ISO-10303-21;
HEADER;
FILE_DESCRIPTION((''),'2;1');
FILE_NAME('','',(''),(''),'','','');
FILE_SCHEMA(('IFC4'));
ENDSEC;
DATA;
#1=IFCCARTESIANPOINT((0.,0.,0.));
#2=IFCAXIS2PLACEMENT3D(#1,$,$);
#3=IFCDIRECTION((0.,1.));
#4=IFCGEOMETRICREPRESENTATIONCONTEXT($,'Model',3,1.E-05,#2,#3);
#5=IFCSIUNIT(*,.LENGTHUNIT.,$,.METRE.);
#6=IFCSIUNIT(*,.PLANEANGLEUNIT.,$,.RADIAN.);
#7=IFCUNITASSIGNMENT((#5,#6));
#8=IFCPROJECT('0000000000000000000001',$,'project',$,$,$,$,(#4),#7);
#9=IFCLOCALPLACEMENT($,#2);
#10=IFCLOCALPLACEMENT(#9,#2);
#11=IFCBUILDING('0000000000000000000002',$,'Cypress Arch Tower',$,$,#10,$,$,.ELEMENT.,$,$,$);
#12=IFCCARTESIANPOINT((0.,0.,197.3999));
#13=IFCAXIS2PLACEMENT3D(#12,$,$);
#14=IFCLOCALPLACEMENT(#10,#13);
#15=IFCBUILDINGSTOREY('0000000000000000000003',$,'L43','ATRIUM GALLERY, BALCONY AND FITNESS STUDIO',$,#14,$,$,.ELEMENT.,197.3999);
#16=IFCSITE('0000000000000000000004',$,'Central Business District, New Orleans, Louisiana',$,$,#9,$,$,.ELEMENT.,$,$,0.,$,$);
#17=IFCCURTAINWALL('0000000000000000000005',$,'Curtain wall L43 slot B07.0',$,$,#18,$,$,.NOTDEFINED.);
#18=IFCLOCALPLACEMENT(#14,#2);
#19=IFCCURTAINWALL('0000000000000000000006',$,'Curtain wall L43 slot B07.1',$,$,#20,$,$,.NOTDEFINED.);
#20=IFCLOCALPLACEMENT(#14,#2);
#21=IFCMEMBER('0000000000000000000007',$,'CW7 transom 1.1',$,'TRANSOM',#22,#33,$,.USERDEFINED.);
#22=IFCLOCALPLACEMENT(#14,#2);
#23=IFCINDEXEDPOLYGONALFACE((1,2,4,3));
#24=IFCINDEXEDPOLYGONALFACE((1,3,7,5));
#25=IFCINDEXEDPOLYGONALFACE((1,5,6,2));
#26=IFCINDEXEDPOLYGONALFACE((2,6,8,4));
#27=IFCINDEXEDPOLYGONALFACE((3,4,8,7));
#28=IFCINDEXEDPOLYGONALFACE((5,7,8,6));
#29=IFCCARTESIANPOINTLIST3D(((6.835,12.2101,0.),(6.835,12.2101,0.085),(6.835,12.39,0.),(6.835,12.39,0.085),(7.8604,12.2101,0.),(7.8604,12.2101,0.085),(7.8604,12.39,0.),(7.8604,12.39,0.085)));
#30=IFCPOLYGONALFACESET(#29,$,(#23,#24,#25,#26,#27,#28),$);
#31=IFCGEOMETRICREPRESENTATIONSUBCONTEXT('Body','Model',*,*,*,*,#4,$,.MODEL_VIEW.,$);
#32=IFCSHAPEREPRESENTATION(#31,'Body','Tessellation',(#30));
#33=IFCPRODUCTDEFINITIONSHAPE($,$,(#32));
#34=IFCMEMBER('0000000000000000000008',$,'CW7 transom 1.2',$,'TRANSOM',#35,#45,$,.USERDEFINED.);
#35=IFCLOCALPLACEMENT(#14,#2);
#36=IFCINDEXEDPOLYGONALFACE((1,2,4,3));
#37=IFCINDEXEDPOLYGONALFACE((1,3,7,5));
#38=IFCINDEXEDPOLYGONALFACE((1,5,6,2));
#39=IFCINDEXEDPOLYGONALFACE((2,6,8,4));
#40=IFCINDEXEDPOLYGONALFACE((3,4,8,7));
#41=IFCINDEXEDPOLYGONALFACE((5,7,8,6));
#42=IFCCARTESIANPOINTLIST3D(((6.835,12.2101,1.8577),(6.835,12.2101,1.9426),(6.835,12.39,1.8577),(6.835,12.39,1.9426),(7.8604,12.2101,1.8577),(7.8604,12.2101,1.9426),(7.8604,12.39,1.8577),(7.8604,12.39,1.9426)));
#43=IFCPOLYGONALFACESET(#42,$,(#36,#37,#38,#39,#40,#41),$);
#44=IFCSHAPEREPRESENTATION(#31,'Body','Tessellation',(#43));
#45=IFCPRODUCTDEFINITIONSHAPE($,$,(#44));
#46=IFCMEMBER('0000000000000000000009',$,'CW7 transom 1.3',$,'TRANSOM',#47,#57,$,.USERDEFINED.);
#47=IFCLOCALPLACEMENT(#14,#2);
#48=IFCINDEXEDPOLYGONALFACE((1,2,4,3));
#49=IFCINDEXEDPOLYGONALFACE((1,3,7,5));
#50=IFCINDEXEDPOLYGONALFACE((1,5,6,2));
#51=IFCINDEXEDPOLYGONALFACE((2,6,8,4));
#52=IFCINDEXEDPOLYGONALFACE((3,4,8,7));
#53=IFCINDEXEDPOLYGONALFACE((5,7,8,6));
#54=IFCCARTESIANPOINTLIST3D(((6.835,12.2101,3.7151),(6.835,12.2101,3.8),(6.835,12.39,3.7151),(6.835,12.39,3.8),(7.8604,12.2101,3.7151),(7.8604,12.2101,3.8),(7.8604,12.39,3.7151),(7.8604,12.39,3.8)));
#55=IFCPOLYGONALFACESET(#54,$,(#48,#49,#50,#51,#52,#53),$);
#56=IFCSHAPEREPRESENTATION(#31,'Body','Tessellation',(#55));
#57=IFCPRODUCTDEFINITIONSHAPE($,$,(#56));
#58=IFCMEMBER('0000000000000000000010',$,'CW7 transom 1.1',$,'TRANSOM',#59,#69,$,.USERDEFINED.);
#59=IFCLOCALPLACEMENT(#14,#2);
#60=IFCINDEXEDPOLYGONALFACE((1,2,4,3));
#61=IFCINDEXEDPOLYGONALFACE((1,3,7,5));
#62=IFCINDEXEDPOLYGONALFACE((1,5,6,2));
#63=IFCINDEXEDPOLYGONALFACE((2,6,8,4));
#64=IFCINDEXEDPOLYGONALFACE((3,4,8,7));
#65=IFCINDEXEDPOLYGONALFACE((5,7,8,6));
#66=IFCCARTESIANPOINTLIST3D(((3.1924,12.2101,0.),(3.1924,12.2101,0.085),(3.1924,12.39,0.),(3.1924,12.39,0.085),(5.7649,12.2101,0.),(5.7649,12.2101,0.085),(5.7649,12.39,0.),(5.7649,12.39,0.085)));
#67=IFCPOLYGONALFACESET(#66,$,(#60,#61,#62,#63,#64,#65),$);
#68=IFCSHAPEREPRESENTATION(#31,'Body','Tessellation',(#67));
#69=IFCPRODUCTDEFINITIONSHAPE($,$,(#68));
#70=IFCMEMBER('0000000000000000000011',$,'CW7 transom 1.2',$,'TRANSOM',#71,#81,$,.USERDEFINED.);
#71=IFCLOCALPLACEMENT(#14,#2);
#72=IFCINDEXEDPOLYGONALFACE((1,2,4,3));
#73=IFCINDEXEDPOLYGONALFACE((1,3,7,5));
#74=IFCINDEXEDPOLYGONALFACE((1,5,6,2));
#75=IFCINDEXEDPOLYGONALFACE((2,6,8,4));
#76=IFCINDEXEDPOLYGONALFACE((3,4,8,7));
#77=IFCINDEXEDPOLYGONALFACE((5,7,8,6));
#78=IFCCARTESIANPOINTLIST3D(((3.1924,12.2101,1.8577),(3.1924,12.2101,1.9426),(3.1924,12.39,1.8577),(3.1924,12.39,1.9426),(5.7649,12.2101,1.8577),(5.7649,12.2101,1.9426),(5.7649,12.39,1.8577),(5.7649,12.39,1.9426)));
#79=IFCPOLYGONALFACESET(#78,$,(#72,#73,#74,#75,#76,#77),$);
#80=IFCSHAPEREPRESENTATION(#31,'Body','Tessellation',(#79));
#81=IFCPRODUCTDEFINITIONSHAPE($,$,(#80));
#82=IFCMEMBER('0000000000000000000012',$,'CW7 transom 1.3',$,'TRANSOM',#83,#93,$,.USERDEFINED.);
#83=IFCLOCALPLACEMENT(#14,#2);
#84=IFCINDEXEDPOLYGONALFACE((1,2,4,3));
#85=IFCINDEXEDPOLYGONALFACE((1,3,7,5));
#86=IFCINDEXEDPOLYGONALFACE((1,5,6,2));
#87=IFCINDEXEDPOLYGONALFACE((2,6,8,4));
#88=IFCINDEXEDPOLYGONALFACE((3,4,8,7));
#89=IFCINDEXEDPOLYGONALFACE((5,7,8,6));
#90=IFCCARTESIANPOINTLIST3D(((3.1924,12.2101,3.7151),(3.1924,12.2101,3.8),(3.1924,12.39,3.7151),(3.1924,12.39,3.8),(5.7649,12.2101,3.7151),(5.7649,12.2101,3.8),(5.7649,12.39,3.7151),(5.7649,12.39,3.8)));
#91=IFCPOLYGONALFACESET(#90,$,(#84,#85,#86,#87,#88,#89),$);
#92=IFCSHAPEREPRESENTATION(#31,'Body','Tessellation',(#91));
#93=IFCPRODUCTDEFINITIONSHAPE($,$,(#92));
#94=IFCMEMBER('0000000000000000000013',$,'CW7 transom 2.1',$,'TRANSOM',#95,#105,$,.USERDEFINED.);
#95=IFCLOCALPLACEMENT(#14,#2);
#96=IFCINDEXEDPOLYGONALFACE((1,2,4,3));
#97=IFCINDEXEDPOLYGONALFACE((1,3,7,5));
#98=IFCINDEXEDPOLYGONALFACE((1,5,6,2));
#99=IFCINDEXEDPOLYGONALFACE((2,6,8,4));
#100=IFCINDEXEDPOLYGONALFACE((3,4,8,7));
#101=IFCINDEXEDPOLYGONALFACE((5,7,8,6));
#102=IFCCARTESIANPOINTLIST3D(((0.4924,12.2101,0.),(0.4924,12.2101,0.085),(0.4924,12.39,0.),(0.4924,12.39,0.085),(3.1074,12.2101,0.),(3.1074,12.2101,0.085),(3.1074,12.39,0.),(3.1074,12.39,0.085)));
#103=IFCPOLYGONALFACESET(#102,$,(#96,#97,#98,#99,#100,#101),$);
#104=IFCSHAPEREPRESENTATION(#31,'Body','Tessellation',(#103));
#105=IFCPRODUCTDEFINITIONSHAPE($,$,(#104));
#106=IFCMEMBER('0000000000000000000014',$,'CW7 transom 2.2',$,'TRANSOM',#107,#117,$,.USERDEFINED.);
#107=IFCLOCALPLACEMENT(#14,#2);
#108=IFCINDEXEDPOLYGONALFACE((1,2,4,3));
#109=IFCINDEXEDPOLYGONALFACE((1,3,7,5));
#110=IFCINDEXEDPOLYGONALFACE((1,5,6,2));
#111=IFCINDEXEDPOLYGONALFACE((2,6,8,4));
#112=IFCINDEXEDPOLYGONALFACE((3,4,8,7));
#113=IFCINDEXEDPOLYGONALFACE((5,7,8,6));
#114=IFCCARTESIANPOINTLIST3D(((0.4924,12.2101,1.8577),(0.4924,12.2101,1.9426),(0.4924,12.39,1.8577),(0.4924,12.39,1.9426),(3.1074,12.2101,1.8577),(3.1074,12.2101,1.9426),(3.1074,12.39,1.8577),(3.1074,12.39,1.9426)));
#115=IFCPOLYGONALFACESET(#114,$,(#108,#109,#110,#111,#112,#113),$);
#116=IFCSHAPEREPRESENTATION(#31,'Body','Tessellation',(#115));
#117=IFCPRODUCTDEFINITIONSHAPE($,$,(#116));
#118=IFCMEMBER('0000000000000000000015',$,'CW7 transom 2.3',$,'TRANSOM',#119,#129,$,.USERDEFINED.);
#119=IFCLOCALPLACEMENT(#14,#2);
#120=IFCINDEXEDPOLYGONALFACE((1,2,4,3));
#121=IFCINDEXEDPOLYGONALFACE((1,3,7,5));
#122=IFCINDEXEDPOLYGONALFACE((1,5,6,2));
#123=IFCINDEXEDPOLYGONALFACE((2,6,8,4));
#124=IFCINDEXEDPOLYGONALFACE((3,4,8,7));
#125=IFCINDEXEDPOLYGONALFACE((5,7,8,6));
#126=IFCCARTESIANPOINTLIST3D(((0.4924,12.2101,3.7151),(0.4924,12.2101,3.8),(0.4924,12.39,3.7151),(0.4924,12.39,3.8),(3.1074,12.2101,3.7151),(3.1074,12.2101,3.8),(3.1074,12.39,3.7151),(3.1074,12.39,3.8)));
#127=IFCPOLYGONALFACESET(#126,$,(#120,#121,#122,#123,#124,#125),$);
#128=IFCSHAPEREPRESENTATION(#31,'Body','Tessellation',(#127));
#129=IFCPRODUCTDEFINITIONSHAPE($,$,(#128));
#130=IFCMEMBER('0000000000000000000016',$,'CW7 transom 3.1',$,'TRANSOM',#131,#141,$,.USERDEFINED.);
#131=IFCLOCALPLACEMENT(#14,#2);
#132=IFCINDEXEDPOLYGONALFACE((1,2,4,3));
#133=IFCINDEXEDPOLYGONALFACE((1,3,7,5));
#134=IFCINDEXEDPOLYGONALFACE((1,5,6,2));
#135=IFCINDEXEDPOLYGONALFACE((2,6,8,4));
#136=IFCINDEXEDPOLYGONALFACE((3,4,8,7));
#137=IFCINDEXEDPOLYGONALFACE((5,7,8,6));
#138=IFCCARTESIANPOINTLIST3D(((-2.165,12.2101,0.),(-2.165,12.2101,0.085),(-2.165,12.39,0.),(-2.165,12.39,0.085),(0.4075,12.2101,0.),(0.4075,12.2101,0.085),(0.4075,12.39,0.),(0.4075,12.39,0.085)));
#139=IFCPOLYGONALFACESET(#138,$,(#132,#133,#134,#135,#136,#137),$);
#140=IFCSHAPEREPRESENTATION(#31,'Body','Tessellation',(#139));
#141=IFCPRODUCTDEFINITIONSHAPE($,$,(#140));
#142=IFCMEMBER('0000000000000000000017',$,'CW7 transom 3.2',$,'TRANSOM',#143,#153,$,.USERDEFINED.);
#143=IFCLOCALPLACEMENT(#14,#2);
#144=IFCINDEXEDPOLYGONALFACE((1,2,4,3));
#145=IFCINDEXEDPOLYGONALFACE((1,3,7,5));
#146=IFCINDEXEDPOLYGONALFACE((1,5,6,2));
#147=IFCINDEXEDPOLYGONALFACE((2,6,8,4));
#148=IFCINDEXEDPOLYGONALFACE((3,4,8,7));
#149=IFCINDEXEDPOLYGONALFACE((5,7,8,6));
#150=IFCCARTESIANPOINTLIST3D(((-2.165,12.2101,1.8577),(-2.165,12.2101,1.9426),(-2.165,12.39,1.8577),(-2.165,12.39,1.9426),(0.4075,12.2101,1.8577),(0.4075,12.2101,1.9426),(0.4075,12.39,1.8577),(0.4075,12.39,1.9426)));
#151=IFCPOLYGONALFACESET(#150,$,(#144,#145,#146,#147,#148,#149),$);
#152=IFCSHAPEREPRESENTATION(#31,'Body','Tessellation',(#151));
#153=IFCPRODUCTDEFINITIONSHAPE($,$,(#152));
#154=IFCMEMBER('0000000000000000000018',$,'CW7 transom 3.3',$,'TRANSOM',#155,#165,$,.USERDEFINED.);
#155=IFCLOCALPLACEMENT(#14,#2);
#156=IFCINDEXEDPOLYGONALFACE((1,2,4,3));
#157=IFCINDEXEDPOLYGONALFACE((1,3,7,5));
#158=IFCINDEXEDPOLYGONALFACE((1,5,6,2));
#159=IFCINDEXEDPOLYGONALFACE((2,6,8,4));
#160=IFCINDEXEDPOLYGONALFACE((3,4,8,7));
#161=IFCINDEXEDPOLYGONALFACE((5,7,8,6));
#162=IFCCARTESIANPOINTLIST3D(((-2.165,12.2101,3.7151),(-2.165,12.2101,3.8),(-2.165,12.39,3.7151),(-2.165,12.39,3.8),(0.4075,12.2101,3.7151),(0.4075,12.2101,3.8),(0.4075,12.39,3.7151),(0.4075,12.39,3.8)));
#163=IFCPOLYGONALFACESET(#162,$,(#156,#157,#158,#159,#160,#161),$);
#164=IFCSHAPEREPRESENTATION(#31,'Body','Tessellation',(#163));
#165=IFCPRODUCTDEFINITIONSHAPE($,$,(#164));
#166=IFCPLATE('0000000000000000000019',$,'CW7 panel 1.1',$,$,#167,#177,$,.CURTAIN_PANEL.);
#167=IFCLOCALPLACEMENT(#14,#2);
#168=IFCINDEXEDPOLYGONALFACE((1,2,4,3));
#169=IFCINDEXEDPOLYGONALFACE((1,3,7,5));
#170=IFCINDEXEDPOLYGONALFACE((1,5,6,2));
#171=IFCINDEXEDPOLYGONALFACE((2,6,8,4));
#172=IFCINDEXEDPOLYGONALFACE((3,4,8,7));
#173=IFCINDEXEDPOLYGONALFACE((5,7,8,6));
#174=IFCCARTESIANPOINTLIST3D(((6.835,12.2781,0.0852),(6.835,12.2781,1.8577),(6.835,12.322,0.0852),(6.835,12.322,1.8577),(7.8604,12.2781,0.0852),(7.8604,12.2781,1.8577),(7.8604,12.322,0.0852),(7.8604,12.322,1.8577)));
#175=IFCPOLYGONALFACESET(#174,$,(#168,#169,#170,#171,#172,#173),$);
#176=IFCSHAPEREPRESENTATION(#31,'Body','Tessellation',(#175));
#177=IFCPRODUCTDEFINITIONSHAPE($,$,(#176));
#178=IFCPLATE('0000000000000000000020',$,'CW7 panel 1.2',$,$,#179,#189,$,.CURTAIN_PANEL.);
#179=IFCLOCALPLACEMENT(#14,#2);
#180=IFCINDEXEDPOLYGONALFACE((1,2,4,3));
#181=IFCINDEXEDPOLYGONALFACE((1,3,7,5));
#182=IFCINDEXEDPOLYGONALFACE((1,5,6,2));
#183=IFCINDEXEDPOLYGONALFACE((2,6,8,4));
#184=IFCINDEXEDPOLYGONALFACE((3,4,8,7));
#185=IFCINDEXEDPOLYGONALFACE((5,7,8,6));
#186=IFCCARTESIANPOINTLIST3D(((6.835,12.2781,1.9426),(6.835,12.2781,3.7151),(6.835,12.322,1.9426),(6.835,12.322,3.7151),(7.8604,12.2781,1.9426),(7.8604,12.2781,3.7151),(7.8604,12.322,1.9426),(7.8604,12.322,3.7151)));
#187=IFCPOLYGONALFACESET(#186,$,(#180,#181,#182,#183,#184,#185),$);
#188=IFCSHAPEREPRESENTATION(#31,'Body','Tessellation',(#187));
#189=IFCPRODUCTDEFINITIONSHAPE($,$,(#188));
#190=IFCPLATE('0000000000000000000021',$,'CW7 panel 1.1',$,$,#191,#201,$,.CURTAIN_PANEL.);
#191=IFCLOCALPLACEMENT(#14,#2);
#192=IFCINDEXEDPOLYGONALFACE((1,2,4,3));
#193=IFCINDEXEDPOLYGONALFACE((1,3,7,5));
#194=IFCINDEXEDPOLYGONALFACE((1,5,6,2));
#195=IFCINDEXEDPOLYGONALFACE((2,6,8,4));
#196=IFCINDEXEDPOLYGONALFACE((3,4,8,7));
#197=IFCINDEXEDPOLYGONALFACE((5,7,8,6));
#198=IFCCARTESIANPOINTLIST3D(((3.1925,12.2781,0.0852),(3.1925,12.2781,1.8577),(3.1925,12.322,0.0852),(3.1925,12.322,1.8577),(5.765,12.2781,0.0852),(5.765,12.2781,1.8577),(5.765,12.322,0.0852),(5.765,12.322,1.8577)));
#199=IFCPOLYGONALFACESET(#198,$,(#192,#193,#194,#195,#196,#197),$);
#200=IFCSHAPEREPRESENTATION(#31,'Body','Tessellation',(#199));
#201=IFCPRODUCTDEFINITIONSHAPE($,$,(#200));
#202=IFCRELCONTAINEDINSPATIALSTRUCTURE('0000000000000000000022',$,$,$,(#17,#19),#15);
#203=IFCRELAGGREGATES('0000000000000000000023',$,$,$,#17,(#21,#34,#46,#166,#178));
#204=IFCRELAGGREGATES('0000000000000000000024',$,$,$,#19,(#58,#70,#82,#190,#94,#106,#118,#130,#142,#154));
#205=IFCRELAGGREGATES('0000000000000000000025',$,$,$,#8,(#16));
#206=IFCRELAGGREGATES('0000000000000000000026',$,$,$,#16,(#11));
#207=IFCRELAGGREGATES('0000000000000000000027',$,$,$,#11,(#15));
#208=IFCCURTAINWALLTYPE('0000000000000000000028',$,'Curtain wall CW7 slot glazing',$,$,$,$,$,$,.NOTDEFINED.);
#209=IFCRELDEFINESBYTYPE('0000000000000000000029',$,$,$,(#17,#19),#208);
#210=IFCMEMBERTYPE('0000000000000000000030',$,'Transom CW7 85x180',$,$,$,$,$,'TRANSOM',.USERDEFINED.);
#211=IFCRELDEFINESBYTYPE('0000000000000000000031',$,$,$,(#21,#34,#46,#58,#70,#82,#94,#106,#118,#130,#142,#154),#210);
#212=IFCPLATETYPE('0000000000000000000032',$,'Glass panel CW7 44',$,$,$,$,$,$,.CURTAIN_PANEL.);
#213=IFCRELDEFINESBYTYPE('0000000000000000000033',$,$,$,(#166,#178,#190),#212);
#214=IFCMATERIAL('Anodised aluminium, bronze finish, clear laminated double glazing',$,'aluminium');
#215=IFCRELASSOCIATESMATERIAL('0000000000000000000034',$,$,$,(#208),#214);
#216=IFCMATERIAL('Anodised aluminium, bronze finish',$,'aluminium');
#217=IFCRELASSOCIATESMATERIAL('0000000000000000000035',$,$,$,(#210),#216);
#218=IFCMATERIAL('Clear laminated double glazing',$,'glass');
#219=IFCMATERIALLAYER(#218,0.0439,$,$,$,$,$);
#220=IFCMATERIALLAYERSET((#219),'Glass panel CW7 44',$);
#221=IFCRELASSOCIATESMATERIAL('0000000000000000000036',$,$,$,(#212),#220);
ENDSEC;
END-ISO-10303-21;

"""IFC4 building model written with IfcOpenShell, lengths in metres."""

from ifc_helpers import new_model, si_unit, direction, frame, origin, origin_2d, place, context, subcontext, project, spatial, rectangle, extrude, material, layer, layer_set, material_profile, profile_set, type_object, element, aggregate, save


model = new_model("IFC4")

# Units and contexts
model_context = context("Model", 3, precision=1e-05, world=origin(), true_north=direction((0.0, 1.0)))
body_context = subcontext(model_context, "Body", "Model", "MODEL_VIEW")
ifc_project = project(units=[si_unit("LENGTHUNIT", "METRE"), si_unit("PLANEANGLEUNIT", "RADIAN")], contexts=[model_context])

# Site, building, storey
site_placement = place(None, origin())
site = spatial("IfcSite", under=ifc_project, at=site_placement, Name="Central Business District, New Orleans, Louisiana", CompositionType="ELEMENT", RefElevation=0.0)
building_placement = place(site_placement, origin())
building = spatial("IfcBuilding", under=site, at=building_placement, Name="Cypress Arch Tower", CompositionType="ELEMENT")
storey_placement = place(building_placement, frame((0.0, 0.0, 197.3999)))
storey = spatial("IfcBuildingStorey", under=building, at=storey_placement, Name="L43", Description="ATRIUM GALLERY, BALCONY AND FITNESS STUDIO", CompositionType="ELEMENT", Elevation=197.3999)

# Curtain walls
ifc_material_1 = material(Name="Anodised aluminium, bronze finish, clear laminated double glazing", Category="aluminium")
curtain_wall_type = type_object("IfcCurtainWallType", Name="Curtain wall CW7 slot glazing", PredefinedType="NOTDEFINED", material=ifc_material_1)
curtain_wall_1_placement = place(storey_placement, origin())
curtain_wall_1 = element("IfcCurtainWall", 1, at=curtain_wall_1_placement, inside=storey, type_object=curtain_wall_type, Name="Curtain wall L43 slot B07.0", PredefinedType="NOTDEFINED")
curtain_wall_2_placement = place(storey_placement, origin())
curtain_wall_2 = element("IfcCurtainWall", 2, at=curtain_wall_2_placement, inside=storey, type_object=curtain_wall_type, Name="Curtain wall L43 slot B07.1", PredefinedType="NOTDEFINED")

# Members
ifc_material_2 = material(Name="Anodised aluminium, bronze finish", Category="aluminium")
ifc_material_profile_1 = material_profile(ifc_material_2, rectangle(XDim=0.1799, YDim=0.085, at=origin_2d()), Name="Transom 85x180")
ifc_profile_set_1 = profile_set([ifc_material_profile_1], Name="Anodised aluminium, bronze finish")
member_type_1 = type_object("IfcMemberType", Name="Transom CW7 85x180", ElementType="TRANSOM", PredefinedType="USERDEFINED", material=ifc_profile_set_1)
member_1_placement = place(storey_placement, frame((7.8604, 12.3, 0.0425), z_axis=(-1.0, 0.0, 0.0), x_axis=(0.0, -1.0, 0.0)))
member_1 = element("IfcMember", 3, at=member_1_placement, type_object=member_type_1, Name="CW7 transom 1.1", ObjectType="TRANSOM", PredefinedType="USERDEFINED", context=body_context, shape_type="SweptSolid", body=[
    extrude(rectangle(XDim=0.1799, YDim=0.085, at=origin_2d()), origin(), (0.0, 0.0, 1.0), 1.0254),
])
member_2_placement = place(storey_placement, frame((7.8604, 12.3, 1.9001), z_axis=(-1.0, 0.0, 0.0), x_axis=(0.0, -1.0, 0.0)))
member_2 = element("IfcMember", 4, at=member_2_placement, type_object=member_type_1, Name="CW7 transom 1.2", ObjectType="TRANSOM", PredefinedType="USERDEFINED", context=body_context, shape_type="SweptSolid", body=[
    extrude(rectangle(XDim=0.1799, YDim=0.085, at=origin_2d()), origin(), (0.0, 0.0, 1.0), 1.0254),
])
member_3_placement = place(storey_placement, frame((7.8604, 12.3, 3.7576), z_axis=(-1.0, 0.0, 0.0), x_axis=(0.0, -1.0, 0.0)))
member_3 = element("IfcMember", 5, at=member_3_placement, type_object=member_type_1, Name="CW7 transom 1.3", ObjectType="TRANSOM", PredefinedType="USERDEFINED", context=body_context, shape_type="SweptSolid", body=[
    extrude(rectangle(XDim=0.1799, YDim=0.085, at=origin_2d()), origin(), (0.0, 0.0, 1.0), 1.0254),
])
member_4_placement = place(storey_placement, frame((5.7649, 12.3, 0.0425), z_axis=(-1.0, 0.0, 0.0), x_axis=(0.0, -1.0, 0.0)))
member_4 = element("IfcMember", 6, at=member_4_placement, type_object=member_type_1, Name="CW7 transom 1.1", ObjectType="TRANSOM", PredefinedType="USERDEFINED", context=body_context, shape_type="SweptSolid", body=[
    extrude(rectangle(XDim=0.1799, YDim=0.085, at=origin_2d()), origin(), (0.0, 0.0, 1.0), 2.5725),
])
member_5_placement = place(storey_placement, frame((5.7649, 12.3, 1.9001), z_axis=(-1.0, 0.0, 0.0), x_axis=(0.0, -1.0, 0.0)))
member_5 = element("IfcMember", 7, at=member_5_placement, type_object=member_type_1, Name="CW7 transom 1.2", ObjectType="TRANSOM", PredefinedType="USERDEFINED", context=body_context, shape_type="SweptSolid", body=[
    extrude(rectangle(XDim=0.1799, YDim=0.085, at=origin_2d()), origin(), (0.0, 0.0, 1.0), 2.5725),
])
member_6_placement = place(storey_placement, frame((5.7649, 12.3, 3.7576), z_axis=(-1.0, 0.0, 0.0), x_axis=(0.0, -1.0, 0.0)))
member_6 = element("IfcMember", 8, at=member_6_placement, type_object=member_type_1, Name="CW7 transom 1.3", ObjectType="TRANSOM", PredefinedType="USERDEFINED", context=body_context, shape_type="SweptSolid", body=[
    extrude(rectangle(XDim=0.1799, YDim=0.085, at=origin_2d()), origin(), (0.0, 0.0, 1.0), 2.5725),
])
member_7_placement = place(storey_placement, frame((3.1074, 12.3, 0.0425), z_axis=(-1.0, 0.0, 0.0), x_axis=(0.0, -1.0, 0.0)))
member_7 = element("IfcMember", 9, at=member_7_placement, type_object=member_type_1, Name="CW7 transom 2.1", ObjectType="TRANSOM", PredefinedType="USERDEFINED", context=body_context, shape_type="SweptSolid", body=[
    extrude(rectangle(XDim=0.1799, YDim=0.085, at=origin_2d()), origin(), (0.0, 0.0, 1.0), 2.615),
])
member_8_placement = place(storey_placement, frame((3.1074, 12.3, 1.9001), z_axis=(-1.0, 0.0, 0.0), x_axis=(0.0, -1.0, 0.0)))
member_8 = element("IfcMember", 10, at=member_8_placement, type_object=member_type_1, Name="CW7 transom 2.2", ObjectType="TRANSOM", PredefinedType="USERDEFINED", context=body_context, shape_type="SweptSolid", body=[
    extrude(rectangle(XDim=0.1799, YDim=0.085, at=origin_2d()), origin(), (0.0, 0.0, 1.0), 2.615),
])
member_9_placement = place(storey_placement, frame((3.1074, 12.3, 3.7576), z_axis=(-1.0, 0.0, 0.0), x_axis=(0.0, -1.0, 0.0)))
member_9 = element("IfcMember", 11, at=member_9_placement, type_object=member_type_1, Name="CW7 transom 2.3", ObjectType="TRANSOM", PredefinedType="USERDEFINED", context=body_context, shape_type="SweptSolid", body=[
    extrude(rectangle(XDim=0.1799, YDim=0.085, at=origin_2d()), origin(), (0.0, 0.0, 1.0), 2.615),
])
member_10_placement = place(storey_placement, frame((0.4075, 12.3, 0.0425), z_axis=(-1.0, 0.0, 0.0), x_axis=(0.0, -1.0, 0.0)))
member_10 = element("IfcMember", 12, at=member_10_placement, type_object=member_type_1, Name="CW7 transom 3.1", ObjectType="TRANSOM", PredefinedType="USERDEFINED", context=body_context, shape_type="SweptSolid", body=[
    extrude(rectangle(XDim=0.1799, YDim=0.085, at=origin_2d()), origin(), (0.0, 0.0, 1.0), 2.5725),
])
member_11_placement = place(storey_placement, frame((0.4075, 12.3, 1.9001), z_axis=(-1.0, 0.0, 0.0), x_axis=(0.0, -1.0, 0.0)))
member_11 = element("IfcMember", 13, at=member_11_placement, type_object=member_type_1, Name="CW7 transom 3.2", ObjectType="TRANSOM", PredefinedType="USERDEFINED", context=body_context, shape_type="SweptSolid", body=[
    extrude(rectangle(XDim=0.1799, YDim=0.085, at=origin_2d()), origin(), (0.0, 0.0, 1.0), 2.5725),
])
member_12_placement = place(storey_placement, frame((0.4075, 12.3, 3.7576), z_axis=(-1.0, 0.0, 0.0), x_axis=(0.0, -1.0, 0.0)))
member_12 = element("IfcMember", 14, at=member_12_placement, type_object=member_type_1, Name="CW7 transom 3.3", ObjectType="TRANSOM", PredefinedType="USERDEFINED", context=body_context, shape_type="SweptSolid", body=[
    extrude(rectangle(XDim=0.1799, YDim=0.085, at=origin_2d()), origin(), (0.0, 0.0, 1.0), 2.5725),
])

# Plates
ifc_material_3 = material(Name="Clear laminated double glazing", Category="glass")
ifc_layer_1 = layer(ifc_material_3, 0.0439)
ifc_layer_set_1 = layer_set([ifc_layer_1], Name="Glass panel CW7 44")
plate_type = type_object("IfcPlateType", Name="Glass panel CW7 44", PredefinedType="CURTAIN_PANEL", material=ifc_layer_set_1)
plate_1_placement = place(storey_placement, frame((7.3477, 12.3, 0.0852), z_axis=(0.0, 0.0, 1.0), x_axis=(-1.0, 0.0, 0.0)))
plate_1 = element("IfcPlate", 15, at=plate_1_placement, type_object=plate_type, Name="CW7 panel 1.1", PredefinedType="CURTAIN_PANEL", context=body_context, shape_type="SweptSolid", body=[
    extrude(rectangle(XDim=1.0254, YDim=0.0439, at=origin_2d()), origin(), (0.0, 0.0, 1.0), 1.7725),
])
plate_2_placement = place(storey_placement, frame((7.3477, 12.3, 1.9426), z_axis=(0.0, 0.0, 1.0), x_axis=(-1.0, 0.0, 0.0)))
plate_2 = element("IfcPlate", 16, at=plate_2_placement, type_object=plate_type, Name="CW7 panel 1.2", PredefinedType="CURTAIN_PANEL", context=body_context, shape_type="SweptSolid", body=[
    extrude(rectangle(XDim=1.0254, YDim=0.0439, at=origin_2d()), origin(), (0.0, 0.0, 1.0), 1.7725),
])
aggregate(curtain_wall_1, [member_1, member_2, member_3, plate_1, plate_2])
plate_3_placement = place(storey_placement, frame((4.4788, 12.3, 0.0852), z_axis=(0.0, 0.0, 1.0), x_axis=(-1.0, 0.0, 0.0)))
plate_3 = element("IfcPlate", 17, at=plate_3_placement, type_object=plate_type, Name="CW7 panel 1.1", PredefinedType="CURTAIN_PANEL", context=body_context, shape_type="SweptSolid", body=[
    extrude(rectangle(XDim=2.5725, YDim=0.0439, at=origin_2d()), origin(), (0.0, 0.0, 1.0), 1.7725),
])
aggregate(curtain_wall_2, [member_4, member_5, member_6, plate_3, member_7, member_8, member_9, member_10, member_11, member_12])

save(model, "model.ifc")
